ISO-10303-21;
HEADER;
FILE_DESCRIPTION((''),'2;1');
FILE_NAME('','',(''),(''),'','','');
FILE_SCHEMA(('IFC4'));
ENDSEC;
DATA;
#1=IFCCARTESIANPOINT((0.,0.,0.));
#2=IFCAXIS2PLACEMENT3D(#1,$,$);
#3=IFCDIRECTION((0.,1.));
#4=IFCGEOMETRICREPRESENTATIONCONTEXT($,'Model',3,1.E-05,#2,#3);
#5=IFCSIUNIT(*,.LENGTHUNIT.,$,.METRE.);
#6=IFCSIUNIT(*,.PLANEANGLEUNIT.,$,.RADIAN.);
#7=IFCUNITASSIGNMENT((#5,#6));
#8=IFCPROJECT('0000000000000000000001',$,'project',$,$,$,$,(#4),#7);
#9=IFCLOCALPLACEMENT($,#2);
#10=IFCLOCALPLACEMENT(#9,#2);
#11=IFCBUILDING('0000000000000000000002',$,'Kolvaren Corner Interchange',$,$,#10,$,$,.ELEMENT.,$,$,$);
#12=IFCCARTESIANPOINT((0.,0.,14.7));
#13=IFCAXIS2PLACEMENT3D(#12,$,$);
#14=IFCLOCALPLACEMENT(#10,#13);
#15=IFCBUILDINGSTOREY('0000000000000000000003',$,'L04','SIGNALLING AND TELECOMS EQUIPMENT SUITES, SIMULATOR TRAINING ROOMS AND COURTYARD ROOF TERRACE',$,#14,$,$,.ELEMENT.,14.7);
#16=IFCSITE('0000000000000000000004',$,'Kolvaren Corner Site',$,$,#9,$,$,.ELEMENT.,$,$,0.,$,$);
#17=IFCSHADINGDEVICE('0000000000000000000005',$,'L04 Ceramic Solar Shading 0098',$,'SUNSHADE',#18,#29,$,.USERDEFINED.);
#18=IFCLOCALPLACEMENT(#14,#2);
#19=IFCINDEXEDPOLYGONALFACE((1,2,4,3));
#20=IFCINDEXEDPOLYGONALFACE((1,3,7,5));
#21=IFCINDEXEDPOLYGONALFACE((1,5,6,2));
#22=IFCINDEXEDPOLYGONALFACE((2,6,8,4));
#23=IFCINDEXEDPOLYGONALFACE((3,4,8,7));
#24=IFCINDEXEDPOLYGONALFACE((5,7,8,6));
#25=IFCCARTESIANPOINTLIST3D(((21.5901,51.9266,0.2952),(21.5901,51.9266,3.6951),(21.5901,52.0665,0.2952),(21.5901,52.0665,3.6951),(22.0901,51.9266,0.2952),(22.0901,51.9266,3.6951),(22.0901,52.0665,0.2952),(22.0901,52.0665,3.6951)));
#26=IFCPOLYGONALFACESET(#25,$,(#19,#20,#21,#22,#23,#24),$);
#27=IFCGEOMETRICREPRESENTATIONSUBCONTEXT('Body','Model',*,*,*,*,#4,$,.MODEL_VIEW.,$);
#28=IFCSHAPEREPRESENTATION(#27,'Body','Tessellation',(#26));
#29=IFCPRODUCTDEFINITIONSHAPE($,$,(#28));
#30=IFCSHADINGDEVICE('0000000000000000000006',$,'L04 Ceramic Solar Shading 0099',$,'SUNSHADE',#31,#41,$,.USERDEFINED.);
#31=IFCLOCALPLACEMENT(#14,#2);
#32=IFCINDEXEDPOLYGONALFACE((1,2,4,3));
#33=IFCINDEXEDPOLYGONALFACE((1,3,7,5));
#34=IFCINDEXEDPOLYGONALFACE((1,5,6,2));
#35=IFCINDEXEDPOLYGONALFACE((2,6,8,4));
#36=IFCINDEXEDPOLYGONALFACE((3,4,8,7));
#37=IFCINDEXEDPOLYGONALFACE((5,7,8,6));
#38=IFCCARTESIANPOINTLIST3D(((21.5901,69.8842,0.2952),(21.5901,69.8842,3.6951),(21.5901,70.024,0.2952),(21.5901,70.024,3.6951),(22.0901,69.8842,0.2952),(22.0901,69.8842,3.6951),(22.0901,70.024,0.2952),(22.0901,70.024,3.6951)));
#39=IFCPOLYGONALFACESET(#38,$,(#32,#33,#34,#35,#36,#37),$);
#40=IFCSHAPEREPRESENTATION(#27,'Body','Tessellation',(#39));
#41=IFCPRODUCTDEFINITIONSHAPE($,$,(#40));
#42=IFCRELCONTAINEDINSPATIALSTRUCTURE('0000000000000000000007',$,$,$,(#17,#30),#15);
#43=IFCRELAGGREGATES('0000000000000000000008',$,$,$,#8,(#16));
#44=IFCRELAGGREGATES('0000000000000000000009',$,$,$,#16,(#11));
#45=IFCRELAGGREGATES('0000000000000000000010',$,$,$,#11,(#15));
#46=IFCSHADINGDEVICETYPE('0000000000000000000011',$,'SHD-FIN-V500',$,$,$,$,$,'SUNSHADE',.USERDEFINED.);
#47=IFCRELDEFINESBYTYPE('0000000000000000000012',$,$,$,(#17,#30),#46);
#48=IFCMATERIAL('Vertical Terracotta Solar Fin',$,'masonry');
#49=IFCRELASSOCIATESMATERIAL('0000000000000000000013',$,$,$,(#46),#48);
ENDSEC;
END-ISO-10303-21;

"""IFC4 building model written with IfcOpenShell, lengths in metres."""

from ifc_helpers import new_model, si_unit, direction, frame, origin, origin_2d, place, context, subcontext, project, spatial, rectangle, extrude, material, type_object, element, save


model = new_model("IFC4")

# Units and contexts
model_context = context("Model", 3, precision=1e-05, world=origin(), true_north=direction((0.0, 1.0)))
body_context = subcontext(model_context, "Body", "Model", "MODEL_VIEW")
ifc_project = project(units=[si_unit("LENGTHUNIT", "METRE"), si_unit("PLANEANGLEUNIT", "RADIAN")], contexts=[model_context])

# Site, building, storey
site_placement = place(None, origin())
site = spatial("IfcSite", under=ifc_project, at=site_placement, Name="Kolvaren Corner Site", CompositionType="ELEMENT", RefElevation=0.0)
building_placement = place(site_placement, origin())
building = spatial("IfcBuilding", under=site, at=building_placement, Name="Kolvaren Corner Interchange", CompositionType="ELEMENT")
storey_placement = place(building_placement, frame((0.0, 0.0, 14.7)))
storey = spatial("IfcBuildingStorey", under=building, at=storey_placement, Name="L04", Description="SIGNALLING AND TELECOMS EQUIPMENT SUITES, SIMULATOR TRAINING ROOMS AND COURTYARD ROOF TERRACE", CompositionType="ELEMENT", Elevation=14.7)

# Shading devices
ifc_material_1 = material(Name="Vertical Terracotta Solar Fin", Category="masonry")
shading_device_type_1 = type_object("IfcShadingDeviceType", Name="SHD-FIN-V500", ElementType="SUNSHADE", PredefinedType="USERDEFINED", material=ifc_material_1)
for number, where, z_axis, x_axis, name in (
    (1, (21.8401, 51.9966, 0.2952), (0.0, 0.0, 1.0), (0.0, 1.0, 0.0), "L04 Ceramic Solar Shading 0098"),
    (2, (21.8401, 69.9541, 0.2952), (0.0, 0.0, 1.0), (0.0, 1.0, 0.0), "L04 Ceramic Solar Shading 0099"),
):
    element("IfcShadingDevice", number, at=place(storey_placement, frame(where, z_axis=z_axis, x_axis=x_axis)), inside=storey, type_object=shading_device_type_1, Name=name, ObjectType="SUNSHADE", PredefinedType="USERDEFINED", context=body_context, shape_type="SweptSolid", body=[
        extrude(rectangle(XDim=0.1399, YDim=0.5, at=origin_2d()), origin(), (0.0, 0.0, 1.0), 3.3999),
    ])

save(model, "model.ifc")
